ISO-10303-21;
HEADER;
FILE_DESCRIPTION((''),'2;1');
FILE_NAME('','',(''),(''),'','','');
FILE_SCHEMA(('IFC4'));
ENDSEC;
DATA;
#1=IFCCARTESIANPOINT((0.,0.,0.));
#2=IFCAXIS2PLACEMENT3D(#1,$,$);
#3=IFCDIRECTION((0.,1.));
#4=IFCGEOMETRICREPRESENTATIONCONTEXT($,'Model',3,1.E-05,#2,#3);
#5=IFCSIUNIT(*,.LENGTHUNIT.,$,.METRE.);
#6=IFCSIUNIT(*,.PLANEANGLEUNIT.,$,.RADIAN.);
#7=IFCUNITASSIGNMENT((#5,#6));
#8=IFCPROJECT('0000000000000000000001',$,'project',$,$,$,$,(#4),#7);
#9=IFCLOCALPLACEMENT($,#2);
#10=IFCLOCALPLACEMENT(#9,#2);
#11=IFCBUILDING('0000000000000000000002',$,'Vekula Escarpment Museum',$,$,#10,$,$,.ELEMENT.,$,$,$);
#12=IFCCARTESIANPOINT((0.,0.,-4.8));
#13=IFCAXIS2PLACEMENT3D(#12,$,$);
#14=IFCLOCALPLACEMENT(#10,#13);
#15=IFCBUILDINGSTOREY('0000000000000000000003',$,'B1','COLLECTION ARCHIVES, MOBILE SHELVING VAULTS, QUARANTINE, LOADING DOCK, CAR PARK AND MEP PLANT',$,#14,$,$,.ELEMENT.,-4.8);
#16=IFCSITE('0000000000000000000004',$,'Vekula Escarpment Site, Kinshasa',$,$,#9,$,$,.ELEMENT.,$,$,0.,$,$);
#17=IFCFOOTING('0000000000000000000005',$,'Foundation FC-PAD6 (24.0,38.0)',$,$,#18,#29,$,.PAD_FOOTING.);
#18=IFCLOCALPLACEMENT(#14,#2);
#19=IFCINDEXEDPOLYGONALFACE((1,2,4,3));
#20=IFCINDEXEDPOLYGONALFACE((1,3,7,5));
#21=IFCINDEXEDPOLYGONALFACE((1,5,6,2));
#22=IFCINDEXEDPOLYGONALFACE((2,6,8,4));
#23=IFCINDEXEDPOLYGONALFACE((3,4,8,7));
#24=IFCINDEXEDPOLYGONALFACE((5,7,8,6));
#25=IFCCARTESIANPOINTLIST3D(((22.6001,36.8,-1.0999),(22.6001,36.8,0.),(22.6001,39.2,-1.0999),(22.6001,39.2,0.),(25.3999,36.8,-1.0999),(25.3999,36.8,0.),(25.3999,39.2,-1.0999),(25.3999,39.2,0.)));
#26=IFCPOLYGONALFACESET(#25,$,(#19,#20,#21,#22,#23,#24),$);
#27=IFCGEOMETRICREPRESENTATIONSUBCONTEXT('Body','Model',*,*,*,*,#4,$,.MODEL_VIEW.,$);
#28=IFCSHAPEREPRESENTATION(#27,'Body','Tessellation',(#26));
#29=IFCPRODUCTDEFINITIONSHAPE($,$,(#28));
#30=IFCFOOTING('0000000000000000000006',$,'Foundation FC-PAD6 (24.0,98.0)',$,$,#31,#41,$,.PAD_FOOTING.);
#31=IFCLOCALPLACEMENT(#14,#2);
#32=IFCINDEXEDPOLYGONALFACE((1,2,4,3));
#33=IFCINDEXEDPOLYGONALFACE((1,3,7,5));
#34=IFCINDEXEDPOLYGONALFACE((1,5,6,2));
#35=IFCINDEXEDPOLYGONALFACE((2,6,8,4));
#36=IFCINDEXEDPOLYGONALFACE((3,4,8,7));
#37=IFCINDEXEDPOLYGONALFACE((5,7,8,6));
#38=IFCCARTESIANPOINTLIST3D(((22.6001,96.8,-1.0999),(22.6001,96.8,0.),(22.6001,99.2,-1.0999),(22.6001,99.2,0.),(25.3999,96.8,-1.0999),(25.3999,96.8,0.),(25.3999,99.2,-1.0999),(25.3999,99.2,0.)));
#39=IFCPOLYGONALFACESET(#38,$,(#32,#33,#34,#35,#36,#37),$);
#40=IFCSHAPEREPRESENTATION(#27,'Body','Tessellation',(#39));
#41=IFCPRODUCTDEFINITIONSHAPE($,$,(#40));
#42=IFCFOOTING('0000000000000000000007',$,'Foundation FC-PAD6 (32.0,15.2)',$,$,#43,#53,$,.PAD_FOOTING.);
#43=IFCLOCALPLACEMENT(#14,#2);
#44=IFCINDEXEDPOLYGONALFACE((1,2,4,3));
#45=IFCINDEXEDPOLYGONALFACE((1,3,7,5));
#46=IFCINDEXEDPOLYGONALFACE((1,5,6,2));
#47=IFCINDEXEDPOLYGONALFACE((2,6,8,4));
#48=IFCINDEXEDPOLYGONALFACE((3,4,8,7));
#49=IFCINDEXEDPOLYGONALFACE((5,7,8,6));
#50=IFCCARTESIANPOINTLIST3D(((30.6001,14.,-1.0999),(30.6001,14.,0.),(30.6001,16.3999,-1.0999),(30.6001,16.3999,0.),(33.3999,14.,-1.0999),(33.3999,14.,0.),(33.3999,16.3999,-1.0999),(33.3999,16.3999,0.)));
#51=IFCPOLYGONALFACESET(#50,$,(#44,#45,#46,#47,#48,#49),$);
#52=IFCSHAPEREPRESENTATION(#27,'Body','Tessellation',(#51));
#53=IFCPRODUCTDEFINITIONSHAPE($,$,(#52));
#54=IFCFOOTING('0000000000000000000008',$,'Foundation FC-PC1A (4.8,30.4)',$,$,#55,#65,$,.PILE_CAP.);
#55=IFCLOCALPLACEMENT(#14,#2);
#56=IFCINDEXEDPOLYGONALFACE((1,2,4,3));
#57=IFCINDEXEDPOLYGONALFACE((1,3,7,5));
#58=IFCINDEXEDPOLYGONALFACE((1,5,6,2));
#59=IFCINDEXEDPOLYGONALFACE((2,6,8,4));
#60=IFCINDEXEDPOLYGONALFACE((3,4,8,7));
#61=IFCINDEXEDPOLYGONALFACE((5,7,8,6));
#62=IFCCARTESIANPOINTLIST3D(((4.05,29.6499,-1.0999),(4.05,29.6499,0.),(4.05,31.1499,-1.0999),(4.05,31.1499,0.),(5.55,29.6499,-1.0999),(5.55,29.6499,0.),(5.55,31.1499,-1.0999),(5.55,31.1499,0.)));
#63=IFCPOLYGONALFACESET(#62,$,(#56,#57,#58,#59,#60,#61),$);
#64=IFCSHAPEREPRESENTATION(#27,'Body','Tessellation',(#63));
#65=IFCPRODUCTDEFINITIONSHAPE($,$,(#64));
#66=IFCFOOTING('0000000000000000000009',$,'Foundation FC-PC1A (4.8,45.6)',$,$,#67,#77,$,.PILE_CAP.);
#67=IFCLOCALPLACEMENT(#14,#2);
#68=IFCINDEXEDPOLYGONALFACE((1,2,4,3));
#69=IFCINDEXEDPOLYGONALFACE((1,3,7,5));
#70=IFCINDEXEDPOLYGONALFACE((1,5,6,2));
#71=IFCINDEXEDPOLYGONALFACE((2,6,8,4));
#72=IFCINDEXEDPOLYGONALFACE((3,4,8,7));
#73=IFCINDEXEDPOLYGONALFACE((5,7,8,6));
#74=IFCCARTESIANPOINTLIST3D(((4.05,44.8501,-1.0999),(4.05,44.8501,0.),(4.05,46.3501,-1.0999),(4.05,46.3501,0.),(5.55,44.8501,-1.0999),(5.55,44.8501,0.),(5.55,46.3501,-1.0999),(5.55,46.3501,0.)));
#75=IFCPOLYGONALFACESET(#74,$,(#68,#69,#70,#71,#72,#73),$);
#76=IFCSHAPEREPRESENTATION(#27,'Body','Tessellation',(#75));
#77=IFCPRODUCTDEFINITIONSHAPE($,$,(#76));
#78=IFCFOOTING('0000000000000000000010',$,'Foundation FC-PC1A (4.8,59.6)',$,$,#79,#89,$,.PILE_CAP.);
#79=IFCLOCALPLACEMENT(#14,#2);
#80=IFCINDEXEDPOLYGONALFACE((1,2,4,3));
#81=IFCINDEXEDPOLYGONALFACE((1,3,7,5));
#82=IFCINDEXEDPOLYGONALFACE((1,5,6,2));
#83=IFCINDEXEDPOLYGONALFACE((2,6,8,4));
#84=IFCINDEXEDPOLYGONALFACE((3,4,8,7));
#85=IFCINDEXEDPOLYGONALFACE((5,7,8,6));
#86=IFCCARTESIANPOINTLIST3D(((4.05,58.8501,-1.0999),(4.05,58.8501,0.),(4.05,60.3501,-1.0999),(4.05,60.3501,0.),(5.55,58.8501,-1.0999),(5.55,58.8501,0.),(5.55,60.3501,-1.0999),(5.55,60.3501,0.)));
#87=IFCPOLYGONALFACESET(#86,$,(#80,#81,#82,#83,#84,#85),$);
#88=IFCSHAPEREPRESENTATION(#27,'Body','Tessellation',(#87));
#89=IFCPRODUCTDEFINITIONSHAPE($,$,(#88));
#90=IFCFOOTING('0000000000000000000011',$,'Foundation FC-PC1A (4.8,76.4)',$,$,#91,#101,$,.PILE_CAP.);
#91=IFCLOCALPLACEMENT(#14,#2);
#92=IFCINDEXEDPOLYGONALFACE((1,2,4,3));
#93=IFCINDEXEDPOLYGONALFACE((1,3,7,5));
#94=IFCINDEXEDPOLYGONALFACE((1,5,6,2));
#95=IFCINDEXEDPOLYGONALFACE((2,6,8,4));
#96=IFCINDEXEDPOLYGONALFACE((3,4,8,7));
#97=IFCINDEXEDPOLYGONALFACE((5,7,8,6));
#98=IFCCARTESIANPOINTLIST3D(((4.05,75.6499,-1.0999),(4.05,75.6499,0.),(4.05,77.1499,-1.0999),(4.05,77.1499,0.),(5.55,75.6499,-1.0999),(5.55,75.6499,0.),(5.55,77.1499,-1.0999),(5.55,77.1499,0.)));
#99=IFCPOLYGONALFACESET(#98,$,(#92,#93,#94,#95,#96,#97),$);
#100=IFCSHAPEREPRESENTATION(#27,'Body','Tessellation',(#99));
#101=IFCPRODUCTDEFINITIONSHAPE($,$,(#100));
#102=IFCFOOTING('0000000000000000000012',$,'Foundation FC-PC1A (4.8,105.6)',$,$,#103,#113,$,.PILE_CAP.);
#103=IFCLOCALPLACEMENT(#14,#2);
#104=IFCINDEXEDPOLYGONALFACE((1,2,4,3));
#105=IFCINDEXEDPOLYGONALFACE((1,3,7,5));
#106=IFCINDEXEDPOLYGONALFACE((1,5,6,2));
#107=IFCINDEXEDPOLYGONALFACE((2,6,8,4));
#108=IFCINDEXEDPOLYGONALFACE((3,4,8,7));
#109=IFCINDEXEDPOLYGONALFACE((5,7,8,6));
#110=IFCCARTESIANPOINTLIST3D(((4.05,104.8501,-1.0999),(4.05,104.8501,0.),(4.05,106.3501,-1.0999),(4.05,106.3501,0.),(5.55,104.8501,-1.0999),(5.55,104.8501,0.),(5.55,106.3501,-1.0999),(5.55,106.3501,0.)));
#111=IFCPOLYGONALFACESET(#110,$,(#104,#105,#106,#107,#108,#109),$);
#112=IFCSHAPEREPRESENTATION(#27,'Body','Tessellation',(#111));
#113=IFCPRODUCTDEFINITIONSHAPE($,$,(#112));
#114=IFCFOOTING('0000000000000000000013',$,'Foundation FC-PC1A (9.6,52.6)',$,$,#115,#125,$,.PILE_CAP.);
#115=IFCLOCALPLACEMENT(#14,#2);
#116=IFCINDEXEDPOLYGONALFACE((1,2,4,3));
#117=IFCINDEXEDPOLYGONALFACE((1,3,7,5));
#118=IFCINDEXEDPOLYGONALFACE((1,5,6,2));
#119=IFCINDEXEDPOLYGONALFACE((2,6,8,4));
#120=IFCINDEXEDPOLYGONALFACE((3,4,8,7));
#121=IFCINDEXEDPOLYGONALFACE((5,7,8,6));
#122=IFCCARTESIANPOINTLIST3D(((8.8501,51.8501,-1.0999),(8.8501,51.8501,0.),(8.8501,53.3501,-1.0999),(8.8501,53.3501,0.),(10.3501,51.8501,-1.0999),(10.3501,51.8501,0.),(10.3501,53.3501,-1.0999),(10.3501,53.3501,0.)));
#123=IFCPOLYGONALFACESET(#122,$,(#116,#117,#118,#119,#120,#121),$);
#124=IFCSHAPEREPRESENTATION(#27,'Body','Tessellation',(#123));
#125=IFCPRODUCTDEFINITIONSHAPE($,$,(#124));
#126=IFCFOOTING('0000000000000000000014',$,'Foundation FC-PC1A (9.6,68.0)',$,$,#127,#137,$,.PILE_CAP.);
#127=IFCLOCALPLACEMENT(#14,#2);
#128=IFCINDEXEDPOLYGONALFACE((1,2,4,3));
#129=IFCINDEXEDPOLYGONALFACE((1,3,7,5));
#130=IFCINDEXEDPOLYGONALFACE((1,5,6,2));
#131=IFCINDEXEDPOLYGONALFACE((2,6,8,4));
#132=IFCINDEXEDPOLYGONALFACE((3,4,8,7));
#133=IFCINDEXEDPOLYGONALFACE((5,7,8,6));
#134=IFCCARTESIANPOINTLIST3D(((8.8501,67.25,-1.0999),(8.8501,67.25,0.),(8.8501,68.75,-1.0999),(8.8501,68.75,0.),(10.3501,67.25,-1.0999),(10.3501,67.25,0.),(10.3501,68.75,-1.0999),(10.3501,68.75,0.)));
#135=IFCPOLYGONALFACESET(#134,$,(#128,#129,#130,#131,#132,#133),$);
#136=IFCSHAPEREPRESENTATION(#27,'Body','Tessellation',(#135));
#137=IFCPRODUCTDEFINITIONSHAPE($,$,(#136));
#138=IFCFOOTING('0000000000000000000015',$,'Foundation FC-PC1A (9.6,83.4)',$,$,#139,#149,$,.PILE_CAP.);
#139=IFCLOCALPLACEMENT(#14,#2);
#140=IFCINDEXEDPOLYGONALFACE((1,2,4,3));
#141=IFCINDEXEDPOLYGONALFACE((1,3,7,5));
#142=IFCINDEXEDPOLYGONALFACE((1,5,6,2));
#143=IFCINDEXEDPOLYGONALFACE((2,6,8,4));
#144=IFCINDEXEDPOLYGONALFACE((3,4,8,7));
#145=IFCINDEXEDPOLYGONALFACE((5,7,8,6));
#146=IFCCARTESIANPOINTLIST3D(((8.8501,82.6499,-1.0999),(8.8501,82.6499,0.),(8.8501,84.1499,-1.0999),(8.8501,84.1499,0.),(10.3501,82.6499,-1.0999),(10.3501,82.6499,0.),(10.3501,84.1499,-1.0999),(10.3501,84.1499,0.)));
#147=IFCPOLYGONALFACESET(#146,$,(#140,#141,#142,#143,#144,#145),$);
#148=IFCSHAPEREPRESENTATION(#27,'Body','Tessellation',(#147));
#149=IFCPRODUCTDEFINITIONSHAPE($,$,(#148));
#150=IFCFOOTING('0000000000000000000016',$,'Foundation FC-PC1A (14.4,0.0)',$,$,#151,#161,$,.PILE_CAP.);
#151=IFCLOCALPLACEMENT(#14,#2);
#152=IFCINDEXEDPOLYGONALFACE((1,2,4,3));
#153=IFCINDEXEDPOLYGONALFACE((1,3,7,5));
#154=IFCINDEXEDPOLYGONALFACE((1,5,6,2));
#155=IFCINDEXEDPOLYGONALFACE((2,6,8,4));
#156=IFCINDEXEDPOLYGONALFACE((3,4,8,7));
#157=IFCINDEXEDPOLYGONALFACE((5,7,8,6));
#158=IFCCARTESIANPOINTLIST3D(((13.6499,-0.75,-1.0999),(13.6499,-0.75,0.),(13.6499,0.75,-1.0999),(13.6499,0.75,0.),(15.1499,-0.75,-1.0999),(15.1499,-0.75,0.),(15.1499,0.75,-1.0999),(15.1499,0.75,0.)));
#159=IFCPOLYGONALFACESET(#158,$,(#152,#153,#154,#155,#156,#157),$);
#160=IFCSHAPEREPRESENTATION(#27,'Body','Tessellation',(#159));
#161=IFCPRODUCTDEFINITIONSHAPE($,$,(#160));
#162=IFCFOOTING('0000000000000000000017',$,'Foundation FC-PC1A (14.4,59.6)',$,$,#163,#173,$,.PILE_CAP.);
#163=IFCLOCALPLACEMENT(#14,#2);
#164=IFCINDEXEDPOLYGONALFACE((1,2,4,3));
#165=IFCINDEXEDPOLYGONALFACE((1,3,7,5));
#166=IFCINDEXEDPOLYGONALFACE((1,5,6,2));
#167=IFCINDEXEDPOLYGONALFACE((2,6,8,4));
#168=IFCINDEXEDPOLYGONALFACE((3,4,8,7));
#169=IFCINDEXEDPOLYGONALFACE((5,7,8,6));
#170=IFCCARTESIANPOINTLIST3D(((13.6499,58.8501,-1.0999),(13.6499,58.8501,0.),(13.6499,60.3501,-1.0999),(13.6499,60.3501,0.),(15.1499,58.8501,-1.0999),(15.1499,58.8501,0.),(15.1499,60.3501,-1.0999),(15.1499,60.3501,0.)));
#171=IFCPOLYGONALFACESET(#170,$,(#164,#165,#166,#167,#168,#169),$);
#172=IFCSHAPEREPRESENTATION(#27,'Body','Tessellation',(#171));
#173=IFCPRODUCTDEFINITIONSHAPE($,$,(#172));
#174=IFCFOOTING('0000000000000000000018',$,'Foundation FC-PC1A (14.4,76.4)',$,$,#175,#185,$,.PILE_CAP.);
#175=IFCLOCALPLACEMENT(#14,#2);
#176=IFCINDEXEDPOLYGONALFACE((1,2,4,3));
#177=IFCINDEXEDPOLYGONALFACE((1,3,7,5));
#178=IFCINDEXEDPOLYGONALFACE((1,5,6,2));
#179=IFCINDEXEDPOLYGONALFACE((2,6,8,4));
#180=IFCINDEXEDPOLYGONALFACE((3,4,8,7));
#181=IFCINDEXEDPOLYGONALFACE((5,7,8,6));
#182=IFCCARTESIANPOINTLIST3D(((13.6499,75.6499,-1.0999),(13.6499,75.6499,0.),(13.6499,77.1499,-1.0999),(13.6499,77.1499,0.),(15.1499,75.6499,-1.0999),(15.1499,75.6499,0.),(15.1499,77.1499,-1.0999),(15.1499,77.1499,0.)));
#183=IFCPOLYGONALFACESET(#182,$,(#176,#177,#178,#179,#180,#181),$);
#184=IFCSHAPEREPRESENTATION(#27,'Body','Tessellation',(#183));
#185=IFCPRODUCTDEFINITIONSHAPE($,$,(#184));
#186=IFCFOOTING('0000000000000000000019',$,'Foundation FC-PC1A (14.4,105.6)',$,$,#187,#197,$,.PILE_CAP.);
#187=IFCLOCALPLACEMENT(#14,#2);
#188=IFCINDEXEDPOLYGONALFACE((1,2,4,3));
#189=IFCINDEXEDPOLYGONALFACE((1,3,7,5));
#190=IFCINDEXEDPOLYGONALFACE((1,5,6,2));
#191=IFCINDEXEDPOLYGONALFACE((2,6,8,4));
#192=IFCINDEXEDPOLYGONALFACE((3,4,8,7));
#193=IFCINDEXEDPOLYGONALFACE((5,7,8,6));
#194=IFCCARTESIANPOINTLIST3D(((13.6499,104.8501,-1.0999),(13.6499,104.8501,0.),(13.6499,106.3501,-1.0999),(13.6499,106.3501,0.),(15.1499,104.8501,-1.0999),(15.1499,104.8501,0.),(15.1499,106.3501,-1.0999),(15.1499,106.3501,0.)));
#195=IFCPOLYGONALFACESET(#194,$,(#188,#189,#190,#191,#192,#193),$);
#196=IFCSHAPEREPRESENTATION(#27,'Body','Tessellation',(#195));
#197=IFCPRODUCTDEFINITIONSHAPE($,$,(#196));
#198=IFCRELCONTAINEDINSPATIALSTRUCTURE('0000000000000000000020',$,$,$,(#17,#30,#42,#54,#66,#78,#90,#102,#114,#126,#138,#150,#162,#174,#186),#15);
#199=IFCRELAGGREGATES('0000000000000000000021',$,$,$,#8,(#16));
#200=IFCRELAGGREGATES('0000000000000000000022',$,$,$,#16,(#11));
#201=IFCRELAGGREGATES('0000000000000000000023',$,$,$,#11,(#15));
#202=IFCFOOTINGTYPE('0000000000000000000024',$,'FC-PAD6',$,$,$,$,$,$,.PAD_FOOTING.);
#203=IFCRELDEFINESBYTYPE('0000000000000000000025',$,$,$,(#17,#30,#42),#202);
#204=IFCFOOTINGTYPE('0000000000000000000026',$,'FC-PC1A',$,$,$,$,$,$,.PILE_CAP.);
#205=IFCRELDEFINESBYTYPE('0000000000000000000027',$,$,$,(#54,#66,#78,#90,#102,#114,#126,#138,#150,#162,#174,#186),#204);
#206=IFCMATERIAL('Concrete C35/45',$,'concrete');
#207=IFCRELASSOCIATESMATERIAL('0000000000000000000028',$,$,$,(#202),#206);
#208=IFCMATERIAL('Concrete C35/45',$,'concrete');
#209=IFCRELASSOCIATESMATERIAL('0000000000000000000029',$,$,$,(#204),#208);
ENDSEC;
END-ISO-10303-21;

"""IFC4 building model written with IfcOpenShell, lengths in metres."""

from ifc_helpers import new_model, si_unit, direction, frame, origin, place, context, subcontext, project, spatial, polyline, outline, extrude, material, type_object, element, save


model = new_model("IFC4")

# Units and contexts
model_context = context("Model", 3, precision=1e-05, world=origin(), true_north=direction((0.0, 1.0)))
body_context = subcontext(model_context, "Body", "Model", "MODEL_VIEW")
ifc_project = project(units=[si_unit("LENGTHUNIT", "METRE"), si_unit("PLANEANGLEUNIT", "RADIAN")], contexts=[model_context])

# Site, building, storey
site_placement = place(None, origin())
site = spatial("IfcSite", under=ifc_project, at=site_placement, Name="Vekula Escarpment Site, Kinshasa", CompositionType="ELEMENT", RefElevation=0.0)
building_placement = place(site_placement, origin())
building = spatial("IfcBuilding", under=site, at=building_placement, Name="Vekula Escarpment Museum", CompositionType="ELEMENT")
storey_placement = place(building_placement, frame((0.0, 0.0, -4.8)))
storey = spatial("IfcBuildingStorey", under=building, at=storey_placement, Name="B1", Description="COLLECTION ARCHIVES, MOBILE SHELVING VAULTS, QUARANTINE, LOADING DOCK, CAR PARK AND MEP PLANT", CompositionType="ELEMENT", Elevation=-4.8)

# Footings
ifc_material_1 = material(Name="Concrete C35/45", Category="concrete")
footing_type_1 = type_object("IfcFootingType", Name="FC-PAD6", PredefinedType="PAD_FOOTING", material=ifc_material_1)
footing_1_placement = place(storey_placement, frame((0.0, 0.0, -1.0999)))
element("IfcFooting", 1, at=footing_1_placement, inside=storey, type_object=footing_type_1, Name="Foundation FC-PAD6 (24.0,38.0)", PredefinedType="PAD_FOOTING", context=body_context, shape_type="SweptSolid", body=[
    extrude(outline(polyline([(22.6001, 36.8), (25.3999, 36.8), (25.3999, 39.2), (22.6001, 39.2), (22.6001, 36.8)])), origin(), (0.0, 0.0, 1.0), 1.0999),
])
footing_2_placement = place(storey_placement, frame((0.0, 0.0, -1.0999)))
element("IfcFooting", 2, at=footing_2_placement, inside=storey, type_object=footing_type_1, Name="Foundation FC-PAD6 (24.0,98.0)", PredefinedType="PAD_FOOTING", context=body_context, shape_type="SweptSolid", body=[
    extrude(outline(polyline([(22.6001, 96.8), (25.3999, 96.8), (25.3999, 99.2), (22.6001, 99.2), (22.6001, 96.8)])), origin(), (0.0, 0.0, 1.0), 1.0999),
])
footing_3_placement = place(storey_placement, frame((0.0, 0.0, -1.0999)))
element("IfcFooting", 3, at=footing_3_placement, inside=storey, type_object=footing_type_1, Name="Foundation FC-PAD6 (32.0,15.2)", PredefinedType="PAD_FOOTING", context=body_context, shape_type="SweptSolid", body=[
    extrude(outline(polyline([(30.6001, 14.0), (33.3999, 14.0), (33.3999, 16.3999), (30.6001, 16.3999), (30.6001, 14.0)])), origin(), (0.0, 0.0, 1.0), 1.0999),
])
ifc_material_2 = material(Name="Concrete C35/45", Category="concrete")
footing_type_2 = type_object("IfcFootingType", Name="FC-PC1A", PredefinedType="PILE_CAP", material=ifc_material_2)
footing_4_placement = place(storey_placement, frame((0.0, 0.0, -1.0999)))
element("IfcFooting", 4, at=footing_4_placement, inside=storey, type_object=footing_type_2, Name="Foundation FC-PC1A (4.8,30.4)", PredefinedType="PILE_CAP", context=body_context, shape_type="SweptSolid", body=[
    extrude(outline(polyline([(4.05, 29.6499), (5.55, 29.6499), (5.55, 31.1499), (4.05, 31.1499), (4.05, 29.6499)])), origin(), (0.0, 0.0, 1.0), 1.0999),
])
footing_5_placement = place(storey_placement, frame((0.0, 0.0, -1.0999)))
element("IfcFooting", 5, at=footing_5_placement, inside=storey, type_object=footing_type_2, Name="Foundation FC-PC1A (4.8,45.6)", PredefinedType="PILE_CAP", context=body_context, shape_type="SweptSolid", body=[
    extrude(outline(polyline([(4.05, 44.8501), (5.55, 44.8501), (5.55, 46.3501), (4.05, 46.3501), (4.05, 44.8501)])), origin(), (0.0, 0.0, 1.0), 1.0999),
])
footing_6_placement = place(storey_placement, frame((0.0, 0.0, -1.0999)))
element("IfcFooting", 6, at=footing_6_placement, inside=storey, type_object=footing_type_2, Name="Foundation FC-PC1A (4.8,59.6)", PredefinedType="PILE_CAP", context=body_context, shape_type="SweptSolid", body=[
    extrude(outline(polyline([(4.05, 58.8501), (5.55, 58.8501), (5.55, 60.3501), (4.05, 60.3501), (4.05, 58.8501)])), origin(), (0.0, 0.0, 1.0), 1.0999),
])
footing_7_placement = place(storey_placement, frame((0.0, 0.0, -1.0999)))
element("IfcFooting", 7, at=footing_7_placement, inside=storey, type_object=footing_type_2, Name="Foundation FC-PC1A (4.8,76.4)", PredefinedType="PILE_CAP", context=body_context, shape_type="SweptSolid", body=[
    extrude(outline(polyline([(4.05, 75.6499), (5.55, 75.6499), (5.55, 77.1499), (4.05, 77.1499), (4.05, 75.6499)])), origin(), (0.0, 0.0, 1.0), 1.0999),
])
footing_8_placement = place(storey_placement, frame((0.0, 0.0, -1.0999)))
element("IfcFooting", 8, at=footing_8_placement, inside=storey, type_object=footing_type_2, Name="Foundation FC-PC1A (4.8,105.6)", PredefinedType="PILE_CAP", context=body_context, shape_type="SweptSolid", body=[
    extrude(outline(polyline([(4.05, 104.8501), (5.55, 104.8501), (5.55, 106.3501), (4.05, 106.3501), (4.05, 104.8501)])), origin(), (0.0, 0.0, 1.0), 1.0999),
])
footing_9_placement = place(storey_placement, frame((0.0, 0.0, -1.0999)))
element("IfcFooting", 9, at=footing_9_placement, inside=storey, type_object=footing_type_2, Name="Foundation FC-PC1A (9.6,52.6)", PredefinedType="PILE_CAP", context=body_context, shape_type="SweptSolid", body=[
    extrude(outline(polyline([(8.8501, 51.8501), (10.3501, 51.8501), (10.3501, 53.3501), (8.8501, 53.3501), (8.8501, 51.8501)])), origin(), (0.0, 0.0, 1.0), 1.0999),
])
footing_10_placement = place(storey_placement, frame((0.0, 0.0, -1.0999)))
element("IfcFooting", 10, at=footing_10_placement, inside=storey, type_object=footing_type_2, Name="Foundation FC-PC1A (9.6,68.0)", PredefinedType="PILE_CAP", context=body_context, shape_type="SweptSolid", body=[
    extrude(outline(polyline([(8.8501, 67.25), (10.3501, 67.25), (10.3501, 68.75), (8.8501, 68.75), (8.8501, 67.25)])), origin(), (0.0, 0.0, 1.0), 1.0999),
])
footing_11_placement = place(storey_placement, frame((0.0, 0.0, -1.0999)))
element("IfcFooting", 11, at=footing_11_placement, inside=storey, type_object=footing_type_2, Name="Foundation FC-PC1A (9.6,83.4)", PredefinedType="PILE_CAP", context=body_context, shape_type="SweptSolid", body=[
    extrude(outline(polyline([(8.8501, 82.6499), (10.3501, 82.6499), (10.3501, 84.1499), (8.8501, 84.1499), (8.8501, 82.6499)])), origin(), (0.0, 0.0, 1.0), 1.0999),
])
footing_12_placement = place(storey_placement, frame((0.0, 0.0, -1.0999)))
element("IfcFooting", 12, at=footing_12_placement, inside=storey, type_object=footing_type_2, Name="Foundation FC-PC1A (14.4,0.0)", PredefinedType="PILE_CAP", context=body_context, shape_type="SweptSolid", body=[
    extrude(outline(polyline([(13.6499, -0.75), (15.1499, -0.75), (15.1499, 0.75), (13.6499, 0.75), (13.6499, -0.75)])), origin(), (0.0, 0.0, 1.0), 1.0999),
])
footing_13_placement = place(storey_placement, frame((0.0, 0.0, -1.0999)))
element("IfcFooting", 13, at=footing_13_placement, inside=storey, type_object=footing_type_2, Name="Foundation FC-PC1A (14.4,59.6)", PredefinedType="PILE_CAP", context=body_context, shape_type="SweptSolid", body=[
    extrude(outline(polyline([(13.6499, 58.8501), (15.1499, 58.8501), (15.1499, 60.3501), (13.6499, 60.3501), (13.6499, 58.8501)])), origin(), (0.0, 0.0, 1.0), 1.0999),
])
footing_14_placement = place(storey_placement, frame((0.0, 0.0, -1.0999)))
element("IfcFooting", 14, at=footing_14_placement, inside=storey, type_object=footing_type_2, Name="Foundation FC-PC1A (14.4,76.4)", PredefinedType="PILE_CAP", context=body_context, shape_type="SweptSolid", body=[
    extrude(outline(polyline([(13.6499, 75.6499), (15.1499, 75.6499), (15.1499, 77.1499), (13.6499, 77.1499), (13.6499, 75.6499)])), origin(), (0.0, 0.0, 1.0), 1.0999),
])
footing_15_placement = place(storey_placement, frame((0.0, 0.0, -1.0999)))
element("IfcFooting", 15, at=footing_15_placement, inside=storey, type_object=footing_type_2, Name="Foundation FC-PC1A (14.4,105.6)", PredefinedType="PILE_CAP", context=body_context, shape_type="SweptSolid", body=[
    extrude(outline(polyline([(13.6499, 104.8501), (15.1499, 104.8501), (15.1499, 106.3501), (13.6499, 106.3501), (13.6499, 104.8501)])), origin(), (0.0, 0.0, 1.0), 1.0999),
])

save(model, "model.ifc")
